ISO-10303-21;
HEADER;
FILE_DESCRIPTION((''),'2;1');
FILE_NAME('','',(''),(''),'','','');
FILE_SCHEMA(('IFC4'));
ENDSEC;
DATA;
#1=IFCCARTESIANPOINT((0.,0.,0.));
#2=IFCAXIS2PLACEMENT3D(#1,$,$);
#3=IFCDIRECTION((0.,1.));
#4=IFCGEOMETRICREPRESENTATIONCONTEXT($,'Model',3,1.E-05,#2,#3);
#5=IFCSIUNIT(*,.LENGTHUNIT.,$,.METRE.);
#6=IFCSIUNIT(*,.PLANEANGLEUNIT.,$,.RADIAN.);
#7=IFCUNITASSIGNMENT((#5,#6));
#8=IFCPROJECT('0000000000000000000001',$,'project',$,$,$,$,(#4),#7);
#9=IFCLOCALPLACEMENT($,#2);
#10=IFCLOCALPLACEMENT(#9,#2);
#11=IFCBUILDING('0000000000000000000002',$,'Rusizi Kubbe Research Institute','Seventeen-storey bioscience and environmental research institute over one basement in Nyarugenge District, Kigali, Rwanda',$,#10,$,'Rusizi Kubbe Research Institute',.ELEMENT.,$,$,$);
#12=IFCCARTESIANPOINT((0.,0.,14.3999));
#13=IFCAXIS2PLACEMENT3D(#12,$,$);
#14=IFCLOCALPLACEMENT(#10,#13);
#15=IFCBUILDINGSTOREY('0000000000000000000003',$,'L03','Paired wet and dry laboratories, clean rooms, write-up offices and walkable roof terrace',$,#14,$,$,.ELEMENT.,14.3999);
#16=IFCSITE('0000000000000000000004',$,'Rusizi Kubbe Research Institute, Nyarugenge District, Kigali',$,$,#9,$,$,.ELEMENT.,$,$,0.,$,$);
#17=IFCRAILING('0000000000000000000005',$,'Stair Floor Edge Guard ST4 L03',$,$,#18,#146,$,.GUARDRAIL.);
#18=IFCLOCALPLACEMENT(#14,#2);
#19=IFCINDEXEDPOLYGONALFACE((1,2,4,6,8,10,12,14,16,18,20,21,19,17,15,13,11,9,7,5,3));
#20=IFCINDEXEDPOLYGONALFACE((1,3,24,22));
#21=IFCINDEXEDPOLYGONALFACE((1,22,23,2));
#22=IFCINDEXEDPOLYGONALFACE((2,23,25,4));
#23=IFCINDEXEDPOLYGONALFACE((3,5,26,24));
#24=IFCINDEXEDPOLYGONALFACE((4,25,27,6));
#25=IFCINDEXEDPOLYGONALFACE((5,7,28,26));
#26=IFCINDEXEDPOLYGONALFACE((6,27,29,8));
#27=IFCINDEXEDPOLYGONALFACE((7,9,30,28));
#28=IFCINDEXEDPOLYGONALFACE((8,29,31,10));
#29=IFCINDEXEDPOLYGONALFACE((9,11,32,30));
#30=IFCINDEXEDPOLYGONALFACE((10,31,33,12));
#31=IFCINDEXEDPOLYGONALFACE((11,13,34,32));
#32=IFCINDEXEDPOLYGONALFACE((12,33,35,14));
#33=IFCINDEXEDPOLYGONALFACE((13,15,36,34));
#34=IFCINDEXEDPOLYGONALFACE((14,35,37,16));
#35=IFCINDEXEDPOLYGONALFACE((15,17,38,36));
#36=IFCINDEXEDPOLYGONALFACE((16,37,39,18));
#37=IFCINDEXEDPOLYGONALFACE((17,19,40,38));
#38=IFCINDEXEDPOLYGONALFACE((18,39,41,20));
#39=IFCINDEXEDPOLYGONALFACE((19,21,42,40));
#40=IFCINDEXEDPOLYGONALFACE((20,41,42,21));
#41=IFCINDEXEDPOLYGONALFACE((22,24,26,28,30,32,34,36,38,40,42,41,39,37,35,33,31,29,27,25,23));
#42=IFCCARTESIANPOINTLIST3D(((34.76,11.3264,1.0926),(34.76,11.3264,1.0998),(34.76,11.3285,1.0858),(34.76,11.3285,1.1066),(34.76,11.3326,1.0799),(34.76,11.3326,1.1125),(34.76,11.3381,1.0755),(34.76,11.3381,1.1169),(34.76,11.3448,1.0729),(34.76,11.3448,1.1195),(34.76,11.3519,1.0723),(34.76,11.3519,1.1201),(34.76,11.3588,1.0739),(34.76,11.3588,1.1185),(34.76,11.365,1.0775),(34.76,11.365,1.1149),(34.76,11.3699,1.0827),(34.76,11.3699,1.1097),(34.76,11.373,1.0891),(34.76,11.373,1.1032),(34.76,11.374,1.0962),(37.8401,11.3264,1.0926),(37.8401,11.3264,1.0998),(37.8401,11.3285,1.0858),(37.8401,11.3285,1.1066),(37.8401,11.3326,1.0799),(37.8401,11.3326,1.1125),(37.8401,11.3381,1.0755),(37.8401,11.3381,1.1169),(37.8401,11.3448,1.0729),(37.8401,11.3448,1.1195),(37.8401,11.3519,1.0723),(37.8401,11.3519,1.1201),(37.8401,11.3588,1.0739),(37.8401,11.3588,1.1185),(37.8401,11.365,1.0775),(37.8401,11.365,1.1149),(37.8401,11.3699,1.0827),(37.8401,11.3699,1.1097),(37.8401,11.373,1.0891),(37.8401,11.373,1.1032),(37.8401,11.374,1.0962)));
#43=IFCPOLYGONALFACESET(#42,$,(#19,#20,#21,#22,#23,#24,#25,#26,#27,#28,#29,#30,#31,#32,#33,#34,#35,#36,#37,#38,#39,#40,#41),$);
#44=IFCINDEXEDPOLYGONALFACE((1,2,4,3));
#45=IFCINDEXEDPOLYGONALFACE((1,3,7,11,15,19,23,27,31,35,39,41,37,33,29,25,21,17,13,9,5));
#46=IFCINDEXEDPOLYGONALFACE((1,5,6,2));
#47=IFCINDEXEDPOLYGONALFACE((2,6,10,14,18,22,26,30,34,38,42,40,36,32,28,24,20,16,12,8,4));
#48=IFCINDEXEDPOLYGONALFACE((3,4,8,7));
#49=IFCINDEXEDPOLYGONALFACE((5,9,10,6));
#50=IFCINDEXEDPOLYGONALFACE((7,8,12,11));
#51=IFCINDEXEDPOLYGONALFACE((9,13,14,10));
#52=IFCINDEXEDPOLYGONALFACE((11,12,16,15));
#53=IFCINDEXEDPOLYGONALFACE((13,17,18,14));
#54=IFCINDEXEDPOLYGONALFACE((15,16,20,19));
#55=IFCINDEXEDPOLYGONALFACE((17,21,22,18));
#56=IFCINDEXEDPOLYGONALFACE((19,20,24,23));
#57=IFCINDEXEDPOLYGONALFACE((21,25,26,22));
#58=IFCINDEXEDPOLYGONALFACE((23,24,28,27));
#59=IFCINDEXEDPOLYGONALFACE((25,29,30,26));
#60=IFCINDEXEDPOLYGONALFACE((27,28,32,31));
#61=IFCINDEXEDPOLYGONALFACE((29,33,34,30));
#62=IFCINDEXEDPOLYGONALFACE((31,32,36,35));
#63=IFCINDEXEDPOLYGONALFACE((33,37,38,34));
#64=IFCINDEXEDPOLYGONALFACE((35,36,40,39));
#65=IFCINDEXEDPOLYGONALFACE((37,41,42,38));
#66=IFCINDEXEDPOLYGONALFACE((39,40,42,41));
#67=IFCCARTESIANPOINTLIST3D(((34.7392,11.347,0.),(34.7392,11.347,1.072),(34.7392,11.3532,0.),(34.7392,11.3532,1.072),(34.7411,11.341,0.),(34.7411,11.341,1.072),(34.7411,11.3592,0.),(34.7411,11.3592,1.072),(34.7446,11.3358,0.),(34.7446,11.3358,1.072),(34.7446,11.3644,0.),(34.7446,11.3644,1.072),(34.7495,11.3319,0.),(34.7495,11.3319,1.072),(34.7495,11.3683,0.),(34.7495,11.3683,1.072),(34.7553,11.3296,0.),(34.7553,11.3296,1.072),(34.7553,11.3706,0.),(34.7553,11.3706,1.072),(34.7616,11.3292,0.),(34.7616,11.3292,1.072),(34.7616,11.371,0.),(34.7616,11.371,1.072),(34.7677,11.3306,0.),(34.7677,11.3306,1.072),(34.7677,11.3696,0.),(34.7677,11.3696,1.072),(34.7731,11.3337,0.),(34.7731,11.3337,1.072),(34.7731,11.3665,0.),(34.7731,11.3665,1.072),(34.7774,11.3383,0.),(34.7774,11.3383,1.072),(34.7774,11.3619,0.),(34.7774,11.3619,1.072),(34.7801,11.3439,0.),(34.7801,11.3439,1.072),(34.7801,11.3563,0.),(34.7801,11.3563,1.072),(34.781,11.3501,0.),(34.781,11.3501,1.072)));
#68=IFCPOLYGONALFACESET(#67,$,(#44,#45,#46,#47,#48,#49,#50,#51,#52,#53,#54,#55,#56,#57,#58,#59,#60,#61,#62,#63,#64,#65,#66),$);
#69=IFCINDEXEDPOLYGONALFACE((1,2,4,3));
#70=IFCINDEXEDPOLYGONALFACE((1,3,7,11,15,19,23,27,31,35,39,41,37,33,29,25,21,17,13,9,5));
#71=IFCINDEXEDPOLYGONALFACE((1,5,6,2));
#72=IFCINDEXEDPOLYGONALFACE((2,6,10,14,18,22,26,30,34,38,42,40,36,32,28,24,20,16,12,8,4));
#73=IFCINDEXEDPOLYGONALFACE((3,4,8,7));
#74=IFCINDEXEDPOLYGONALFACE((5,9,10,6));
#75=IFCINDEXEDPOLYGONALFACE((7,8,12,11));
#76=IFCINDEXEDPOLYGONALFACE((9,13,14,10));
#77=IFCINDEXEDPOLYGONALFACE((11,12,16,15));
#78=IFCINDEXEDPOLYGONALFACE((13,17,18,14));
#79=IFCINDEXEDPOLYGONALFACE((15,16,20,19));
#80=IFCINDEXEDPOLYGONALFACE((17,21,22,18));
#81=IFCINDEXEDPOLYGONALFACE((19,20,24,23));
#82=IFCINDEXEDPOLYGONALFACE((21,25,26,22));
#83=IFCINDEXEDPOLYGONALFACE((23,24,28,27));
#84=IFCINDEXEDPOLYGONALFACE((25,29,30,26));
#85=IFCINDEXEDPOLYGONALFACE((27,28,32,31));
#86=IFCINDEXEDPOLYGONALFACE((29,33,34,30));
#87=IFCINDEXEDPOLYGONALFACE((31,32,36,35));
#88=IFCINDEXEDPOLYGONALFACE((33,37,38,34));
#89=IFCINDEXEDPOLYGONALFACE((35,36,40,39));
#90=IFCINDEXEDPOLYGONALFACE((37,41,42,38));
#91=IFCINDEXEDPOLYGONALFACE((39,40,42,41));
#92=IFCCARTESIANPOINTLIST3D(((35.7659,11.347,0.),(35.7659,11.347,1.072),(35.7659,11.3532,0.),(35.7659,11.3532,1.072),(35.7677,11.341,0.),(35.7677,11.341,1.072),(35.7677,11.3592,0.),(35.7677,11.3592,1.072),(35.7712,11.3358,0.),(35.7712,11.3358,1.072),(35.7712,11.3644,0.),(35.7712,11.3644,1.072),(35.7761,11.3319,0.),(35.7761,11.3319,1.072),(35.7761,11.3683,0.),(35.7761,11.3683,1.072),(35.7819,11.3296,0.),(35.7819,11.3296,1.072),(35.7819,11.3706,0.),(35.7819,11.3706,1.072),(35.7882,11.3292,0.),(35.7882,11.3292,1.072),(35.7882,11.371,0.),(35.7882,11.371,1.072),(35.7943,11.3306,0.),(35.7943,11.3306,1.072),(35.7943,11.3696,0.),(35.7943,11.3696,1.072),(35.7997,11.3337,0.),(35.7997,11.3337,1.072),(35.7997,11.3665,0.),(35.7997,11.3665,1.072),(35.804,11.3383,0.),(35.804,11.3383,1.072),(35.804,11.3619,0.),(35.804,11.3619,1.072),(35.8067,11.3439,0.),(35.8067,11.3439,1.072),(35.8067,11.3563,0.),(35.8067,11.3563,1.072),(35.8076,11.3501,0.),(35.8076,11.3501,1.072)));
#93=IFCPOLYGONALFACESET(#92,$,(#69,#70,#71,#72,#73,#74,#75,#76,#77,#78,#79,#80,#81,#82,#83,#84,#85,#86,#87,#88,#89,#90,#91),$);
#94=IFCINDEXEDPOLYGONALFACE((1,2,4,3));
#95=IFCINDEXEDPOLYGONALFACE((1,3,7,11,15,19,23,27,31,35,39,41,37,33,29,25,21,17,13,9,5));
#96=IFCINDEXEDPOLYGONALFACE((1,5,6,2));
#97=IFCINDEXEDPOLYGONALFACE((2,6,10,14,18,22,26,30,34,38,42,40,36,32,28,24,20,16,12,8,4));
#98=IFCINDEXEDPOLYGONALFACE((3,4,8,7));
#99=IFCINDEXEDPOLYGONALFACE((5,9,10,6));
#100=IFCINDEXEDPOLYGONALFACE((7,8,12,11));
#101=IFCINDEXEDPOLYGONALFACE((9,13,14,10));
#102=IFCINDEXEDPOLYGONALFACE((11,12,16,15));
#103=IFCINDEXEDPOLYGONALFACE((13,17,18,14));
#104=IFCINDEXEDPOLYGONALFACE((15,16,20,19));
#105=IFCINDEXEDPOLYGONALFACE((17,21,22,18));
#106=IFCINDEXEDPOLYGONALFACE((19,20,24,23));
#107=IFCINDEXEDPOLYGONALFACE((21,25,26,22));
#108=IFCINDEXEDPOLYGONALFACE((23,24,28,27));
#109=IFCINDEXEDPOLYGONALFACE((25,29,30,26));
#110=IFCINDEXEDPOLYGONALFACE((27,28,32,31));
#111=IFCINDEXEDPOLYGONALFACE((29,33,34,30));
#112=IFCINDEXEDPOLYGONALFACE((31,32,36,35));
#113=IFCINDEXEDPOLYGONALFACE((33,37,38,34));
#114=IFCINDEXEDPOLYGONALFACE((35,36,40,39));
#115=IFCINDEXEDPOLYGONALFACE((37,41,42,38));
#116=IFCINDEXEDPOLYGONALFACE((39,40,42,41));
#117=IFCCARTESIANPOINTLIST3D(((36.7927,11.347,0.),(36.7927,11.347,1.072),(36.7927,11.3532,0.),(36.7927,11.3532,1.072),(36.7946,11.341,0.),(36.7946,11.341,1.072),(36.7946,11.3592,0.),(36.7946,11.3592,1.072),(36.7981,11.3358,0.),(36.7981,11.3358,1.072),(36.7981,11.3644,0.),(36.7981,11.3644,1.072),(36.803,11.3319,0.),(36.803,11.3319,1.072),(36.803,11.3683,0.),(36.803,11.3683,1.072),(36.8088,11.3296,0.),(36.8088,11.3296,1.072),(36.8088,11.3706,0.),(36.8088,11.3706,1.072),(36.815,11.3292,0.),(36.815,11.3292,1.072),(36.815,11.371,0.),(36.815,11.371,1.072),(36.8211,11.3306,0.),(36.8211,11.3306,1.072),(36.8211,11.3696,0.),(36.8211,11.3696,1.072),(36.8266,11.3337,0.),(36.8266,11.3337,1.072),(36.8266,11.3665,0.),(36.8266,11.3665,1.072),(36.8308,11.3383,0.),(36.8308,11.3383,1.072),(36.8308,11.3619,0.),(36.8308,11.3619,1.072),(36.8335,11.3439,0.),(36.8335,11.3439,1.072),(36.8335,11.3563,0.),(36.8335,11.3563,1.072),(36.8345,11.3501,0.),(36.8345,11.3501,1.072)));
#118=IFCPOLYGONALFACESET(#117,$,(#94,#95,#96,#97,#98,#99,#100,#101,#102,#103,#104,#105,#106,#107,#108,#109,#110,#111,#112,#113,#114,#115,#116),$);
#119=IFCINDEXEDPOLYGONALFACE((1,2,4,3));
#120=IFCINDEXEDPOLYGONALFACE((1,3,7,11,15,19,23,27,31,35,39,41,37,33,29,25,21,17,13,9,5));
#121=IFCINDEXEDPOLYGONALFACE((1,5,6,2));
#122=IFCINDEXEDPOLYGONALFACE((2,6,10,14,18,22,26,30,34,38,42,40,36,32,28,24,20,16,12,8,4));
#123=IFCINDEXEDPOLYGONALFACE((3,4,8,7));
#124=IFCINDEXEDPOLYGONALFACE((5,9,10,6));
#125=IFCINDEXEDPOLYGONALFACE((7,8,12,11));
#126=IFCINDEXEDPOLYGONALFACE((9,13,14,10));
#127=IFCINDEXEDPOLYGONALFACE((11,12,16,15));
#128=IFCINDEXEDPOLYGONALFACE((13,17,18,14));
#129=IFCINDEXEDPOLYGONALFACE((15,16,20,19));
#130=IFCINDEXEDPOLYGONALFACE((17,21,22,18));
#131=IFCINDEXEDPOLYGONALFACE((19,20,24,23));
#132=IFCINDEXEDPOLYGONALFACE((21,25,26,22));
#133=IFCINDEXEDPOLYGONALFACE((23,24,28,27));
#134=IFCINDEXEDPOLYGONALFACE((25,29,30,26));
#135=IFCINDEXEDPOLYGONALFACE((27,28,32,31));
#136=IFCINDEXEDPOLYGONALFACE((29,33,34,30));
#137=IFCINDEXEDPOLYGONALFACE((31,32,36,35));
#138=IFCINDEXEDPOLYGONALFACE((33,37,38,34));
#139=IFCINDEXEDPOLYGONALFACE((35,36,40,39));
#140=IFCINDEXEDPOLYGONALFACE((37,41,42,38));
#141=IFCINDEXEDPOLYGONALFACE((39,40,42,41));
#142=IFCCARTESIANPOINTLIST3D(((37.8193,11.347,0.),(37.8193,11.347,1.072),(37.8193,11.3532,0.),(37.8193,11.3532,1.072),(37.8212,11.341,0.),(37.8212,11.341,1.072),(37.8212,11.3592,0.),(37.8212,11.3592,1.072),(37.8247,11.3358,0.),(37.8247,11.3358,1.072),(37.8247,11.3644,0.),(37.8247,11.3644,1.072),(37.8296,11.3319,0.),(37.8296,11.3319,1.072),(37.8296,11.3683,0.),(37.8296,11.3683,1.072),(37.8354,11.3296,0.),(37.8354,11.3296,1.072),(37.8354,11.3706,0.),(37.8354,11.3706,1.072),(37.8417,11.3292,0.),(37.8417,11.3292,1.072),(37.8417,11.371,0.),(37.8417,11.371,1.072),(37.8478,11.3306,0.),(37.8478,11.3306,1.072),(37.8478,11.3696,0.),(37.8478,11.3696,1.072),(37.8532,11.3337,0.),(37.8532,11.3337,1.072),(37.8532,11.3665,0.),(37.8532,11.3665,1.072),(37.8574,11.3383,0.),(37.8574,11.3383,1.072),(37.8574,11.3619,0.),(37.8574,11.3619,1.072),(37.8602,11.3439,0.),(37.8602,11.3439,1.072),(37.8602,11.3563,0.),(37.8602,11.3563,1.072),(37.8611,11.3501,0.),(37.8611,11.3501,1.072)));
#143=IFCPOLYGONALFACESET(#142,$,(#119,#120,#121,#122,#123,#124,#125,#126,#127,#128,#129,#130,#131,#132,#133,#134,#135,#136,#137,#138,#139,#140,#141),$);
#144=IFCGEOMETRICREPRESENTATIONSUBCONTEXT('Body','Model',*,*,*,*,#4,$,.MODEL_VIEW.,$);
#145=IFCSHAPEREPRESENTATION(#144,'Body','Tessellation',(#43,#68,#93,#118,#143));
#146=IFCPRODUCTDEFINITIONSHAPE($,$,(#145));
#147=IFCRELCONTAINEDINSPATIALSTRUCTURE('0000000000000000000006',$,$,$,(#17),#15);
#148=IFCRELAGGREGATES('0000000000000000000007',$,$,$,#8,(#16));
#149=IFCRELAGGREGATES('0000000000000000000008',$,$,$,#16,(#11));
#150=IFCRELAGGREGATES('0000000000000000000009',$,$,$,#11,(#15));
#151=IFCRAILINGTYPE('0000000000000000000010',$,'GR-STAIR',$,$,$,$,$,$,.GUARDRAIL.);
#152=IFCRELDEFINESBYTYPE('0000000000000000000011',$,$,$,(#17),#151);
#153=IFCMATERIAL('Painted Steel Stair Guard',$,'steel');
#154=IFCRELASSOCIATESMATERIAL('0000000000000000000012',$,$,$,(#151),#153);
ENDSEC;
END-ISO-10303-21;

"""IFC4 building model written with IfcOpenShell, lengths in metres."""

from ifc_helpers import new_model, si_unit, direction, frame, origin, origin_2d, place, context, subcontext, project, spatial, circle, extrude, material, type_object, element, save


model = new_model("IFC4")

# Units and contexts
model_context = context("Model", 3, precision=1e-05, world=origin(), true_north=direction((0.0, 1.0)))
body_context = subcontext(model_context, "Body", "Model", "MODEL_VIEW")
ifc_project = project(units=[si_unit("LENGTHUNIT", "METRE"), si_unit("PLANEANGLEUNIT", "RADIAN")], contexts=[model_context])

# Site, building, storey
site_placement = place(None, origin())
site = spatial("IfcSite", under=ifc_project, at=site_placement, Name="Rusizi Kubbe Research Institute, Nyarugenge District, Kigali", CompositionType="ELEMENT", RefElevation=0.0)
building_placement = place(site_placement, origin())
building = spatial("IfcBuilding", under=site, at=building_placement, Name="Rusizi Kubbe Research Institute", Description="Seventeen-storey bioscience and environmental research institute over one basement in Nyarugenge District, Kigali, Rwanda", LongName="Rusizi Kubbe Research Institute", CompositionType="ELEMENT")
storey_placement = place(building_placement, frame((0.0, 0.0, 14.3999)))
storey = spatial("IfcBuildingStorey", under=building, at=storey_placement, Name="L03", Description="Paired wet and dry laboratories, clean rooms, write-up offices and walkable roof terrace", CompositionType="ELEMENT", Elevation=14.3999)

# Railing
ifc_material_1 = material(Name="Painted Steel Stair Guard", Category="steel")
railing_type_1 = type_object("IfcRailingType", Name="GR-STAIR", PredefinedType="GUARDRAIL", material=ifc_material_1)
railing_1_placement = place(storey_placement, frame((34.76, 11.3501, 0.0)))
element("IfcRailing", 1, at=railing_1_placement, inside=storey, type_object=railing_type_1, Name="Stair Floor Edge Guard ST4 L03", PredefinedType="GUARDRAIL", context=body_context, shape_type="SweptSolid", body=[
    extrude(circle(Radius=0.0239, at=origin_2d()), frame((0.0, 0.0, 1.0962), z_axis=(1.0, 0.0, 0.0), x_axis=(0.0, 1.0, 0.0)), (0.0, 0.0, 1.0), 3.0801),
    extrude(circle(Radius=0.021, at=origin_2d()), origin(), (0.0, 0.0, 1.0), 1.072),
    extrude(circle(Radius=0.021, at=origin_2d()), frame((1.0266, 0.0, 0.0)), (0.0, 0.0, 1.0), 1.072),
    extrude(circle(Radius=0.021, at=origin_2d()), frame((2.0535, 0.0, 0.0)), (0.0, 0.0, 1.0), 1.072),
    extrude(circle(Radius=0.021, at=origin_2d()), frame((3.0801, 0.0, 0.0)), (0.0, 0.0, 1.0), 1.072),
])

save(model, "model.ifc")
